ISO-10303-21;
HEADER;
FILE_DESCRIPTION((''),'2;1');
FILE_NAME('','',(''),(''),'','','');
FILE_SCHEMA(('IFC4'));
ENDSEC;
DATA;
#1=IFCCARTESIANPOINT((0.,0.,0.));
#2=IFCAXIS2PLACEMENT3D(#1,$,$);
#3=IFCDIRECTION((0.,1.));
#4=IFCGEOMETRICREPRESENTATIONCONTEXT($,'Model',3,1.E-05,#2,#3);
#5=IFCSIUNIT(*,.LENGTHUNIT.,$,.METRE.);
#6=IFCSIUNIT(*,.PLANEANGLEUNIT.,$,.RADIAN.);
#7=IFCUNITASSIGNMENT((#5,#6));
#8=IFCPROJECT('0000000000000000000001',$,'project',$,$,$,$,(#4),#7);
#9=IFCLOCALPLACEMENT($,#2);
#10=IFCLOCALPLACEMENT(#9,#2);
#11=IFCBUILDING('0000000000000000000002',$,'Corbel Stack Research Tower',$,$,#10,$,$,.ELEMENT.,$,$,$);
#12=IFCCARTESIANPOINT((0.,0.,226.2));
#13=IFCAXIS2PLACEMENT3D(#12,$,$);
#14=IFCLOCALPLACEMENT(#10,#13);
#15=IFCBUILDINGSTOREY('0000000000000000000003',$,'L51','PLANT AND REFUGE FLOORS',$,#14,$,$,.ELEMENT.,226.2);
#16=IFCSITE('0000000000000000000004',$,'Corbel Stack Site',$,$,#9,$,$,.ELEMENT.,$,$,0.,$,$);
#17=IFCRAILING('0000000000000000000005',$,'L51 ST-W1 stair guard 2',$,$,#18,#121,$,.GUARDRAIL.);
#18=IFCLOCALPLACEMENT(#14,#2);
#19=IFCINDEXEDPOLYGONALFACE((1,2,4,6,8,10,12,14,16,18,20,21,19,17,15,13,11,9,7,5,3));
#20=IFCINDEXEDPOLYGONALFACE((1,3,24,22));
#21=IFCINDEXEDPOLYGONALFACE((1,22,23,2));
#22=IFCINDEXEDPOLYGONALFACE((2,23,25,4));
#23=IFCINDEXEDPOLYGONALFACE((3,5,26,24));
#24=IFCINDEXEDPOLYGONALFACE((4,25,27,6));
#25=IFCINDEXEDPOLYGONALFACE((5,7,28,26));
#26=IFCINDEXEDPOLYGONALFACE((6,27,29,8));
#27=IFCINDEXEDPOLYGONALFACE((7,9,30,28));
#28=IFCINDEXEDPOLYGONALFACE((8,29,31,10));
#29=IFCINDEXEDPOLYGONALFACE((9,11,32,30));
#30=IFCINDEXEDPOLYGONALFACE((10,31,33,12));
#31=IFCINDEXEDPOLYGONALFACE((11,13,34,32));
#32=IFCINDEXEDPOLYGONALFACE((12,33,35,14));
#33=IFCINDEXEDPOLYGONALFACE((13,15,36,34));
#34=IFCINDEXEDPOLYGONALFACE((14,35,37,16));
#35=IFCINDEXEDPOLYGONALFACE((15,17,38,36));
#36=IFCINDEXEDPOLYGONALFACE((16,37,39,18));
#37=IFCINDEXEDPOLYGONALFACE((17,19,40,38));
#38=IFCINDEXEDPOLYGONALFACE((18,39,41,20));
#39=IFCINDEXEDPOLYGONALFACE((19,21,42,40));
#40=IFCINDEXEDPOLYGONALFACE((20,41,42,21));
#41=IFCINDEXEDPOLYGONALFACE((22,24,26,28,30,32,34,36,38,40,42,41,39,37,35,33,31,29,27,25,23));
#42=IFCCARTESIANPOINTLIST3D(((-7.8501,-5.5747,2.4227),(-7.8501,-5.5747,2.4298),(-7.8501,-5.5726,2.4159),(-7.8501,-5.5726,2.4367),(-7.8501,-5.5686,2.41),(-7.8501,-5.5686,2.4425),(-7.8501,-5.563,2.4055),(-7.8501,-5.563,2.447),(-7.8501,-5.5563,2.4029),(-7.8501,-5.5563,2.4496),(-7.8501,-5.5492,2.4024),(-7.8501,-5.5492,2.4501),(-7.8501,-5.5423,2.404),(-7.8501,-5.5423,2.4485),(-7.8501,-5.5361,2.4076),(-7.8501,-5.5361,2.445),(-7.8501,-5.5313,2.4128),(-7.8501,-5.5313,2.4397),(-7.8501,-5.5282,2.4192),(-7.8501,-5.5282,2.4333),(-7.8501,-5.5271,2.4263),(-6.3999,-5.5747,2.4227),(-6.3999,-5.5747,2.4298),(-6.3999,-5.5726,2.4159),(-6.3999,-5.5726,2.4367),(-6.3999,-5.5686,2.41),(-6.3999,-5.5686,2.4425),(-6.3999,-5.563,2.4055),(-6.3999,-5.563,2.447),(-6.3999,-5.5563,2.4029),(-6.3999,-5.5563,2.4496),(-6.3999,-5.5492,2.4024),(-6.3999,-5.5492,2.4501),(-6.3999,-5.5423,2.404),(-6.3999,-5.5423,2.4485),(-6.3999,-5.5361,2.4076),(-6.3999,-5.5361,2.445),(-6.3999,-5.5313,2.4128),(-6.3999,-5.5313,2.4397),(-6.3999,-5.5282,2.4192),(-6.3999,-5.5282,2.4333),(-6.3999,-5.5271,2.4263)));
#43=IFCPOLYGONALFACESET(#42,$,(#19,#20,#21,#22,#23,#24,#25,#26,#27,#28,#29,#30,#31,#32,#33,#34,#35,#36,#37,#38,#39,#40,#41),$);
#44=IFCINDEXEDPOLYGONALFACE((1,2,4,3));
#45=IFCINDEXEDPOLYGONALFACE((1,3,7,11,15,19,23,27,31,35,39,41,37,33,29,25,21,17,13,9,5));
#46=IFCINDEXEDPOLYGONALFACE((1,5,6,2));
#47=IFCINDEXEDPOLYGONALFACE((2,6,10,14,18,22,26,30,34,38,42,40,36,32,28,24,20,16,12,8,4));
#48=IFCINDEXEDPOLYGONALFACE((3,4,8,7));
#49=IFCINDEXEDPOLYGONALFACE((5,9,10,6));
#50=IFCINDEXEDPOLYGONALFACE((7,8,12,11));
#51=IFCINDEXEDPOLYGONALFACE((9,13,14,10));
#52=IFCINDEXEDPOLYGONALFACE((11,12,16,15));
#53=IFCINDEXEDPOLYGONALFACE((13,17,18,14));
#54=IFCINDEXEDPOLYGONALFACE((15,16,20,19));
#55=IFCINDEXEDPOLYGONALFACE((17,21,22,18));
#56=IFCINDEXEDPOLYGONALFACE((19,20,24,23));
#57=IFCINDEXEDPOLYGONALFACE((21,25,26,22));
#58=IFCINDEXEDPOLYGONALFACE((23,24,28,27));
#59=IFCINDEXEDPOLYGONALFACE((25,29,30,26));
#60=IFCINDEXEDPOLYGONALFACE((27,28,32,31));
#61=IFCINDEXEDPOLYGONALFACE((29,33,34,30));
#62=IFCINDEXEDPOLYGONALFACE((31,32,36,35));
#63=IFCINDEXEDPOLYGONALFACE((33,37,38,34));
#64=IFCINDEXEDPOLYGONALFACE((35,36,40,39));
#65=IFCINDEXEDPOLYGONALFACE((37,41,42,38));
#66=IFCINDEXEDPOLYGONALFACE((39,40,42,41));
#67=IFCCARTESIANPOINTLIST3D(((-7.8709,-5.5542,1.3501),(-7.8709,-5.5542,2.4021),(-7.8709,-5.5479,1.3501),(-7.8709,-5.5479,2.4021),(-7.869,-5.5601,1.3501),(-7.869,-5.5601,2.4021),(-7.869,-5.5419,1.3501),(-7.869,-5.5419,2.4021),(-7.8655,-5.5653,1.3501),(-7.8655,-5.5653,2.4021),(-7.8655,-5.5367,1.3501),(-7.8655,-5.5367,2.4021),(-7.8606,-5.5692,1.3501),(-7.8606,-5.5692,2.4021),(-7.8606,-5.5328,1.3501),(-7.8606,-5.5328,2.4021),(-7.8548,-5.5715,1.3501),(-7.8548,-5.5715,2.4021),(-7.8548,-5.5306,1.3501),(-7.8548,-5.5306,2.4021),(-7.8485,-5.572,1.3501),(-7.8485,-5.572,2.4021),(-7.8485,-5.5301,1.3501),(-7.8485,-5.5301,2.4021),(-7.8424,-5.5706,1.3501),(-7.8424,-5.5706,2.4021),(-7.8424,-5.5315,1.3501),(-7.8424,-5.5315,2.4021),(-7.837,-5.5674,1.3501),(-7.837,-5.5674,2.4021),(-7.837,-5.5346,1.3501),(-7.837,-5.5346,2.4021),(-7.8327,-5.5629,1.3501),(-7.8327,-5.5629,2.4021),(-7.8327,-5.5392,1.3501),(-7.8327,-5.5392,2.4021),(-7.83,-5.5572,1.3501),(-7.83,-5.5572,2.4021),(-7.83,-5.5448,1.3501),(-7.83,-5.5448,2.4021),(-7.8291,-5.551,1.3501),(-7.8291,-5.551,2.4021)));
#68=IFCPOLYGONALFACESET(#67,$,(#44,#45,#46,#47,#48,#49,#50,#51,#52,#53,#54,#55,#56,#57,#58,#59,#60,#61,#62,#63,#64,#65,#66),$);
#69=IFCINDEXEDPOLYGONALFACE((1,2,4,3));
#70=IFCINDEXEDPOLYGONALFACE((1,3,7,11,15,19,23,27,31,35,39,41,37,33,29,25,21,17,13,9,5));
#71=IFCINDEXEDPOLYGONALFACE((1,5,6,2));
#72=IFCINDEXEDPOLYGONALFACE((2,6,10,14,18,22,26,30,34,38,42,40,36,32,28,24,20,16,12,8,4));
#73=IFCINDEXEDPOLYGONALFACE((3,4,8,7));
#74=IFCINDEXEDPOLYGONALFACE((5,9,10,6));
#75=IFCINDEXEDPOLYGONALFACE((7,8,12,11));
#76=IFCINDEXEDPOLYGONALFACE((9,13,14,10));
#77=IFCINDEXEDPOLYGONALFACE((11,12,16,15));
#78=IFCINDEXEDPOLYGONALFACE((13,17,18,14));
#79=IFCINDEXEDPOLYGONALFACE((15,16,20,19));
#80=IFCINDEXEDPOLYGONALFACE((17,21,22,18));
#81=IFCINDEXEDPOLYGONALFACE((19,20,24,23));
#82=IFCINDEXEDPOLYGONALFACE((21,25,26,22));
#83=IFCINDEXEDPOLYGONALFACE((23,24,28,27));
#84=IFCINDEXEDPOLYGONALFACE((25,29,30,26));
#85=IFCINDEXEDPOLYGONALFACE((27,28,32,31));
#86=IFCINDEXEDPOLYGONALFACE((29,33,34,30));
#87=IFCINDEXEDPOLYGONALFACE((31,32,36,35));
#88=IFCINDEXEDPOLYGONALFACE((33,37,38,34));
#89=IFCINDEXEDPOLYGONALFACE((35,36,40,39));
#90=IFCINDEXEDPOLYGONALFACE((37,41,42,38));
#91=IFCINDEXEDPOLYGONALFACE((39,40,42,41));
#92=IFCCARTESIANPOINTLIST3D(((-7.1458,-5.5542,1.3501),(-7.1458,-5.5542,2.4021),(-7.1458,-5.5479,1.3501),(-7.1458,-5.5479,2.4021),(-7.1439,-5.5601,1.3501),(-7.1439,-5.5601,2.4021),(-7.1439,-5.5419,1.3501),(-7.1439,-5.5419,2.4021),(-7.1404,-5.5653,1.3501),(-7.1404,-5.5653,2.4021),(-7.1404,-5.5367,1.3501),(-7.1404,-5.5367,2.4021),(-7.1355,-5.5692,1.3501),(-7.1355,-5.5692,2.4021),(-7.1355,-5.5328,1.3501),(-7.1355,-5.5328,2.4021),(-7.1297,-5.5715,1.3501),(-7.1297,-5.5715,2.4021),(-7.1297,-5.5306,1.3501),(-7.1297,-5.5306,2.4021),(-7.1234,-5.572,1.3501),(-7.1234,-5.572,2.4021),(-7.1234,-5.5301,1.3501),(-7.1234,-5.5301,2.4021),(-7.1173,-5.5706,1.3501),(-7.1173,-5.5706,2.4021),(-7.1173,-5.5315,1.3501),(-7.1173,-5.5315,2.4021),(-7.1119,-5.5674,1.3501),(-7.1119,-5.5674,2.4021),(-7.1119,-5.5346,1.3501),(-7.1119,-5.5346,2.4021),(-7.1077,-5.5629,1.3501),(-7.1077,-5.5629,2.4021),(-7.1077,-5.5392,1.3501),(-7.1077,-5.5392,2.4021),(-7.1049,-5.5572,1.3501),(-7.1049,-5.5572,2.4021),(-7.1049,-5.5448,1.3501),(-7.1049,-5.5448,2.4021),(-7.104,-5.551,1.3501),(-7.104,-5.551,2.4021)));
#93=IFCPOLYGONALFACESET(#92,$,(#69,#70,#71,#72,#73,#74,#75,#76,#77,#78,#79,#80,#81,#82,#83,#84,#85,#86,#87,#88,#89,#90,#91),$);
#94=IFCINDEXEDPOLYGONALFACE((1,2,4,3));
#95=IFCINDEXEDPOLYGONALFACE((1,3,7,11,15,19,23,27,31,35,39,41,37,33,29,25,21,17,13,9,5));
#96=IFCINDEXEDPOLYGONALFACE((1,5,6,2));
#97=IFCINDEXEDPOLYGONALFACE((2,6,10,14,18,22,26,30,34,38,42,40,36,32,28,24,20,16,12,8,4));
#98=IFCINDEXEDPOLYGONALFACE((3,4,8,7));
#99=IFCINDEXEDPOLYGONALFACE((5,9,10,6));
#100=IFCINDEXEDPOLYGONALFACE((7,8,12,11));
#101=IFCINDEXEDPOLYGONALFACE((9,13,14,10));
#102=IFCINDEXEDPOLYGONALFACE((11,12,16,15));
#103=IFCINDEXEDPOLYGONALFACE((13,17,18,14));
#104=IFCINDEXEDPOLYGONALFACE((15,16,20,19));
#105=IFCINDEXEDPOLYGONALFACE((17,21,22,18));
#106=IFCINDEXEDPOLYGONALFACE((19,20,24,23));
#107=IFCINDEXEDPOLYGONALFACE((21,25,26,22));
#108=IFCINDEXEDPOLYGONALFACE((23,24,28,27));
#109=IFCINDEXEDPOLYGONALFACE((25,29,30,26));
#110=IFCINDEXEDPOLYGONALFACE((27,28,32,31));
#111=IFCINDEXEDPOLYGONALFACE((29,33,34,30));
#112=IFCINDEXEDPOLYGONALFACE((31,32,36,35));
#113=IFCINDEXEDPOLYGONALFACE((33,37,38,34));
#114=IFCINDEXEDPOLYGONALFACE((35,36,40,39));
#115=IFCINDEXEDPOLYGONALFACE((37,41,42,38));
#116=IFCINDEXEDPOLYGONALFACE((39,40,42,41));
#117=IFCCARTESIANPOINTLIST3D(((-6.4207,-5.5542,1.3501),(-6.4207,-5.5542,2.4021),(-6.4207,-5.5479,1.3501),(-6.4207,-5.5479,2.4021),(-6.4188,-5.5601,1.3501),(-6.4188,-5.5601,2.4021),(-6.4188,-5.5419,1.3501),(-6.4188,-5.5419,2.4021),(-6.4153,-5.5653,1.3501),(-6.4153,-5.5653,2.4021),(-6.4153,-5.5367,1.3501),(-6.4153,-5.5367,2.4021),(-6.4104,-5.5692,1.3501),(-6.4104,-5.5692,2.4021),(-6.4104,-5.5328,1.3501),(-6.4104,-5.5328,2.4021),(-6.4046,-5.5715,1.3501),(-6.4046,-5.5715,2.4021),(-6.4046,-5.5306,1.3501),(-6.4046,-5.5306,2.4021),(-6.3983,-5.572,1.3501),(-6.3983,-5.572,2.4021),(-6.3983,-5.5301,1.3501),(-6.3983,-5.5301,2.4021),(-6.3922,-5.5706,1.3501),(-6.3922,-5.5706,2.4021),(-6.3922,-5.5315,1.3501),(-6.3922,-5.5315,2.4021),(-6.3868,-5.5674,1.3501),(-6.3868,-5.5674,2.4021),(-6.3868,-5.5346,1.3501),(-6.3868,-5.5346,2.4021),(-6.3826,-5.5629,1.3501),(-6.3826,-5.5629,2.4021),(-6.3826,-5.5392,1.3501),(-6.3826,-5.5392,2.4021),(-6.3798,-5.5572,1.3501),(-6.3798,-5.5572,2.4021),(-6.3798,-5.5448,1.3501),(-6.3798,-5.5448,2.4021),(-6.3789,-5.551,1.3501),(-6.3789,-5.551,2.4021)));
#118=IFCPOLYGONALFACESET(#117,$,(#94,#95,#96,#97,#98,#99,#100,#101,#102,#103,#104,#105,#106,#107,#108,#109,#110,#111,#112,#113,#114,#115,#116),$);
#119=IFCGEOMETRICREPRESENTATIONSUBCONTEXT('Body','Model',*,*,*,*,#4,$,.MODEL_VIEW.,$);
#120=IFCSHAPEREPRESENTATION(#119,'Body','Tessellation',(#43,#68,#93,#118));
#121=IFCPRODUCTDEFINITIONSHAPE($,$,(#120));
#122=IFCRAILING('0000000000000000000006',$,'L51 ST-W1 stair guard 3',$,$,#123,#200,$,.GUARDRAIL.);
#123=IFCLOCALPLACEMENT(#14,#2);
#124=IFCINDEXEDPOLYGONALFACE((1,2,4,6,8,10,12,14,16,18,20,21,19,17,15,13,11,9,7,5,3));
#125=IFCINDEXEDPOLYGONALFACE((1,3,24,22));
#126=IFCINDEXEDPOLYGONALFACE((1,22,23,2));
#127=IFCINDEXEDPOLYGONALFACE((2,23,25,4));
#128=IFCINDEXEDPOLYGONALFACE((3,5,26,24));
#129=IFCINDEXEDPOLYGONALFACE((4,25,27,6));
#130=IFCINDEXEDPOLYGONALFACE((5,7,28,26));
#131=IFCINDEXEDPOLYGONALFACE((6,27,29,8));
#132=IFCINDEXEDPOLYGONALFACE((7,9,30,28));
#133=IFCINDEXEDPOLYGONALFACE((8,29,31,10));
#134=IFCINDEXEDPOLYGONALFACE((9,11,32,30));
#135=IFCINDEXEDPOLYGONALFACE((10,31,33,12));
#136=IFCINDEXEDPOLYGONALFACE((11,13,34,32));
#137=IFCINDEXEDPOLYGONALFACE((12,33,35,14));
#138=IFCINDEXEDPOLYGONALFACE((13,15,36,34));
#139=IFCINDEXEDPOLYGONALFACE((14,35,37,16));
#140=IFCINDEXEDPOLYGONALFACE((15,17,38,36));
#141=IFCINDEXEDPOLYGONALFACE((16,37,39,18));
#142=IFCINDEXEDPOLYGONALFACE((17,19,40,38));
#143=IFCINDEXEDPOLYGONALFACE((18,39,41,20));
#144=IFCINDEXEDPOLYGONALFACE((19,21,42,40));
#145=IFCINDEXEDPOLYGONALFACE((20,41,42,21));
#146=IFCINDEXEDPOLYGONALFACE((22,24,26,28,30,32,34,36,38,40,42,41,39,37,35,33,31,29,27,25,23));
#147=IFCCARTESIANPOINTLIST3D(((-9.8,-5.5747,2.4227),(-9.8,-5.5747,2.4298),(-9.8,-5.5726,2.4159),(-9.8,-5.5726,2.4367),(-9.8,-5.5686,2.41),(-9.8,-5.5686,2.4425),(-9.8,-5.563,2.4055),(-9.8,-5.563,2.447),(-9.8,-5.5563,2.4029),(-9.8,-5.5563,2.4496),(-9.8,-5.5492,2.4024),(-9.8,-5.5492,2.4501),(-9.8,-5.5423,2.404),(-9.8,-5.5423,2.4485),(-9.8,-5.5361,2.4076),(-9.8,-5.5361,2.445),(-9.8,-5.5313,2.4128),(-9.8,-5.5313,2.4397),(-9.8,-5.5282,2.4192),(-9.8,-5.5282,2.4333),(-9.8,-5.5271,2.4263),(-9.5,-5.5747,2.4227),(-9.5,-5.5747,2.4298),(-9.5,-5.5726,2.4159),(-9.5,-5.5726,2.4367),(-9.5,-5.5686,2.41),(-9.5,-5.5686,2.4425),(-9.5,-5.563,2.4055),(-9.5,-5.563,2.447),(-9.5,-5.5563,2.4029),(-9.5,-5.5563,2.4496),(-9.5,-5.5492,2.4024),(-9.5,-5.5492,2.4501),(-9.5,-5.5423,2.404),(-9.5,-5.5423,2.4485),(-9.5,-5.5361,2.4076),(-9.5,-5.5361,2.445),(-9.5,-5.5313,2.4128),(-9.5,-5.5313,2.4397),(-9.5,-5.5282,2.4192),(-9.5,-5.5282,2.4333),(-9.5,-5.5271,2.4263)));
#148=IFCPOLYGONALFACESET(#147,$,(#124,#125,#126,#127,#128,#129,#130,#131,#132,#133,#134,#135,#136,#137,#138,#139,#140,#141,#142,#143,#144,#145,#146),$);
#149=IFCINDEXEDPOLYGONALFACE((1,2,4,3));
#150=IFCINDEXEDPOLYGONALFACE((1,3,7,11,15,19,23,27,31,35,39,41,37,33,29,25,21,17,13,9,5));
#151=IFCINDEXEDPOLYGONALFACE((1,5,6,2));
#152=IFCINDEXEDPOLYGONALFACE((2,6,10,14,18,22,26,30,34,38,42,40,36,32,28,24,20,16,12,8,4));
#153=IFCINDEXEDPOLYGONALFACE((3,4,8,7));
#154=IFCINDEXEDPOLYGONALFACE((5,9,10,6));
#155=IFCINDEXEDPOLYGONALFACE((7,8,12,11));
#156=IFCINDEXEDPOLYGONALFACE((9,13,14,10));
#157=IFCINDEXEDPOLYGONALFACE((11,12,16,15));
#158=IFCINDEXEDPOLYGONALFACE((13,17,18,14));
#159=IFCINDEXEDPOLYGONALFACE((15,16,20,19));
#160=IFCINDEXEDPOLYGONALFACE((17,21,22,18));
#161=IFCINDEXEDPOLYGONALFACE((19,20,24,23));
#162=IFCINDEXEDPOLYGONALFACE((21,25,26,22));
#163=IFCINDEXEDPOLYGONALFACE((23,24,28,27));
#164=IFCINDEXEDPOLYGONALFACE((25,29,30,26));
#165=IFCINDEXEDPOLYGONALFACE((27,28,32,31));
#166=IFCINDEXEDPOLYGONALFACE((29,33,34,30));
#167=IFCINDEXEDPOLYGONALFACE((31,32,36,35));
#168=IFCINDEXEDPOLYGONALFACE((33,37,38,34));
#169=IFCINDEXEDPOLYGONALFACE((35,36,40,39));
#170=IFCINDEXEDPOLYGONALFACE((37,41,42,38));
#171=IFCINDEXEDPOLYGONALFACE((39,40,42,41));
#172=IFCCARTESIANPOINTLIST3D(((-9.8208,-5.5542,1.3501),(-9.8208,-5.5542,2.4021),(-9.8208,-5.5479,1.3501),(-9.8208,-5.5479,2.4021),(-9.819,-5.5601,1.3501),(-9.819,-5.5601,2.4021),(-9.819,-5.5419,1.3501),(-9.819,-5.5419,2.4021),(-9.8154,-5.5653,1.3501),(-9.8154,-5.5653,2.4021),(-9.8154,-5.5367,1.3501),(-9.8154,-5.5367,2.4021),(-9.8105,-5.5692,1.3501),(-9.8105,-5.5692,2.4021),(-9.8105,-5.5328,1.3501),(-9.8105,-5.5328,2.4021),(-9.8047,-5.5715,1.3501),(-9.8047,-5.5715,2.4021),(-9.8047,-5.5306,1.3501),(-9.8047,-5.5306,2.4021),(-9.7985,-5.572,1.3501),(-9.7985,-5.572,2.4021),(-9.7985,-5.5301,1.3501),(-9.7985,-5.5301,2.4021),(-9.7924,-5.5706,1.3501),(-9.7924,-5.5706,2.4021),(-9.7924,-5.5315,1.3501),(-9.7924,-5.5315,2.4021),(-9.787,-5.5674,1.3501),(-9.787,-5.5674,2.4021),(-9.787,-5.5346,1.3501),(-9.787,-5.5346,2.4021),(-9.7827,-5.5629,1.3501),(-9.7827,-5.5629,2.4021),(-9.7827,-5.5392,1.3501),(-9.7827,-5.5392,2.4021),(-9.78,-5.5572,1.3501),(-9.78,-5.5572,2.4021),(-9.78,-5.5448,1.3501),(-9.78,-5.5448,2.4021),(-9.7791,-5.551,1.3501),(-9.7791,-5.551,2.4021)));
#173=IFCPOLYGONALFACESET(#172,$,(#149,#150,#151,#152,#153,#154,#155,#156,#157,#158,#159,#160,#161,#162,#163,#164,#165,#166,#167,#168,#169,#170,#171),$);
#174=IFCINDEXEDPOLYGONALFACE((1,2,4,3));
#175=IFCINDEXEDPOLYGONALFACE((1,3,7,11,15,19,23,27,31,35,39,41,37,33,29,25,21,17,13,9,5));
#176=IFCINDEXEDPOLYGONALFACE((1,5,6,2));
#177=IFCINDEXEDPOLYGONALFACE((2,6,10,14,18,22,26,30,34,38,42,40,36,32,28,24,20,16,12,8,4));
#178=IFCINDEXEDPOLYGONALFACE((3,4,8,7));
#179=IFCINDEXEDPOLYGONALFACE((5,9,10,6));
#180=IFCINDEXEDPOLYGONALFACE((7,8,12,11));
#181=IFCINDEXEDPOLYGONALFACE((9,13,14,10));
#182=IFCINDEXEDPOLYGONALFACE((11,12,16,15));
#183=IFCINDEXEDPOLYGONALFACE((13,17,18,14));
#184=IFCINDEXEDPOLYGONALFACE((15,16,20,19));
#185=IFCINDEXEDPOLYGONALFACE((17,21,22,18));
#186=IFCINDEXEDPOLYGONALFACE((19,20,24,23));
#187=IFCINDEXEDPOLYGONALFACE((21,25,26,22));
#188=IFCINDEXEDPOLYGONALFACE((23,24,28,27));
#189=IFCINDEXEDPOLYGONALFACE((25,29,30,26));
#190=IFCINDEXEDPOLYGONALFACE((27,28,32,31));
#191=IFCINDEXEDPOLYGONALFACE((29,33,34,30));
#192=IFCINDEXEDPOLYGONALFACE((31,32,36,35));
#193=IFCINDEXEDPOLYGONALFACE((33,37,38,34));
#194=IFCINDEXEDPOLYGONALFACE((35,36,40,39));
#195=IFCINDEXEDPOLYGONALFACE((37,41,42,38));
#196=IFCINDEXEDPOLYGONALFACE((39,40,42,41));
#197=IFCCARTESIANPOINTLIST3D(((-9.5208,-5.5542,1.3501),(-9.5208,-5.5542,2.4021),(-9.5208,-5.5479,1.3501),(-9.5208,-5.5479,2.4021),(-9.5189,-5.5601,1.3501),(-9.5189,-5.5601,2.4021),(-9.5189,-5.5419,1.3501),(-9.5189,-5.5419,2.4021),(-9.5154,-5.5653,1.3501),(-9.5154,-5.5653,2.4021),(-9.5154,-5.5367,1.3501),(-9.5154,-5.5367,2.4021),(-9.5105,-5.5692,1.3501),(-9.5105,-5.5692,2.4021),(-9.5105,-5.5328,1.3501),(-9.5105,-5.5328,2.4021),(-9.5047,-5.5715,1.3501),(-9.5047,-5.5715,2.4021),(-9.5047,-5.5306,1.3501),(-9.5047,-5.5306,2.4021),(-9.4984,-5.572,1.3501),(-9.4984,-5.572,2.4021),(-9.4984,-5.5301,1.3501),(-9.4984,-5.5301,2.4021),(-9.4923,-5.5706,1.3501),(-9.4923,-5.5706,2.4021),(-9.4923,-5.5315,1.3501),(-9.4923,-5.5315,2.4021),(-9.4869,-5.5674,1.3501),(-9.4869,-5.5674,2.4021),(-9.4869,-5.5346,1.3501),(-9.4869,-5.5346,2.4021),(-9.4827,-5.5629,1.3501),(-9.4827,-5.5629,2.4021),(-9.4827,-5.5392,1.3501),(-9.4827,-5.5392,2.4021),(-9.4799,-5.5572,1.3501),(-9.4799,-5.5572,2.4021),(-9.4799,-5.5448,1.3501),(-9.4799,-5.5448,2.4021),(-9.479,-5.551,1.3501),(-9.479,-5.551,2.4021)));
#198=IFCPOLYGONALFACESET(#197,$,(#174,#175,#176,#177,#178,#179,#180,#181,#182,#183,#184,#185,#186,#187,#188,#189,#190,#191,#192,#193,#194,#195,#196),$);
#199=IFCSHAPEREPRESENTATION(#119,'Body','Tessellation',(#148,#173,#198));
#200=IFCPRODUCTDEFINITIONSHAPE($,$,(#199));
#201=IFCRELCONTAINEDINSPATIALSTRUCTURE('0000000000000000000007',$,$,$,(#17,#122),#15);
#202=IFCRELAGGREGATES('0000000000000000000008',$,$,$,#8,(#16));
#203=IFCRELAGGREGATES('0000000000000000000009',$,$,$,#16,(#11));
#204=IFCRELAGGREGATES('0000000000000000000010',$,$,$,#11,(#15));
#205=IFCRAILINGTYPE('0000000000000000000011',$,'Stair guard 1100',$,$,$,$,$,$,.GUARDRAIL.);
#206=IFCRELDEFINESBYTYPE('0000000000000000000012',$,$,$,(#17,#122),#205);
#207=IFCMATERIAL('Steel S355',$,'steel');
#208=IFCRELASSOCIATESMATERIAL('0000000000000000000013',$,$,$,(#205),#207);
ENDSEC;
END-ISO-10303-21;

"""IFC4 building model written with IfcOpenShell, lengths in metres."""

from ifc_helpers import new_model, si_unit, direction, frame, origin, origin_2d, place, context, subcontext, project, spatial, circle, extrude, material, type_object, element, save


model = new_model("IFC4")

# Units and contexts
model_context = context("Model", 3, precision=1e-05, world=origin(), true_north=direction((0.0, 1.0)))
body_context = subcontext(model_context, "Body", "Model", "MODEL_VIEW")
ifc_project = project(units=[si_unit("LENGTHUNIT", "METRE"), si_unit("PLANEANGLEUNIT", "RADIAN")], contexts=[model_context])

# Site, building, storey
site_placement = place(None, origin())
site = spatial("IfcSite", under=ifc_project, at=site_placement, Name="Corbel Stack Site", CompositionType="ELEMENT", RefElevation=0.0)
building_placement = place(site_placement, origin())
building = spatial("IfcBuilding", under=site, at=building_placement, Name="Corbel Stack Research Tower", CompositionType="ELEMENT")
storey_placement = place(building_placement, frame((0.0, 0.0, 226.2)))
storey = spatial("IfcBuildingStorey", under=building, at=storey_placement, Name="L51", Description="PLANT AND REFUGE FLOORS", CompositionType="ELEMENT", Elevation=226.2)

# Railings
ifc_material_1 = material(Name="Steel S355", Category="steel")
railing_type_1 = type_object("IfcRailingType", Name="Stair guard 1100", PredefinedType="GUARDRAIL", material=ifc_material_1)
railing_1_placement = place(storey_placement, frame((-7.8501, -5.551, 1.3501)))
element("IfcRailing", 1, at=railing_1_placement, inside=storey, type_object=railing_type_1, Name="L51 ST-W1 stair guard 2", PredefinedType="GUARDRAIL", context=body_context, shape_type="SweptSolid", body=[
    extrude(circle(Radius=0.0239, at=origin_2d()), frame((0.0, 0.0, 1.0762), z_axis=(1.0, 0.0, 0.0), x_axis=(0.0, 1.0, 0.0)), (0.0, 0.0, 1.0), 1.4502),
    extrude(circle(Radius=0.021, at=origin_2d()), origin(), (0.0, 0.0, 1.0), 1.052),
    extrude(circle(Radius=0.021, at=origin_2d()), frame((0.7251, 0.0, 0.0)), (0.0, 0.0, 1.0), 1.052),
    extrude(circle(Radius=0.021, at=origin_2d()), frame((1.4502, 0.0, 0.0)), (0.0, 0.0, 1.0), 1.052),
])
railing_2_placement = place(storey_placement, frame((-9.8, -5.551, 1.3501)))
element("IfcRailing", 2, at=railing_2_placement, inside=storey, type_object=railing_type_1, Name="L51 ST-W1 stair guard 3", PredefinedType="GUARDRAIL", context=body_context, shape_type="SweptSolid", body=[
    extrude(circle(Radius=0.0239, at=origin_2d()), frame((0.0, 0.0, 1.0762), z_axis=(1.0, 0.0, 0.0), x_axis=(0.0, 1.0, 0.0)), (0.0, 0.0, 1.0), 0.3),
    extrude(circle(Radius=0.021, at=origin_2d()), origin(), (0.0, 0.0, 1.0), 1.052),
    extrude(circle(Radius=0.021, at=origin_2d()), frame((0.3, 0.0, 0.0)), (0.0, 0.0, 1.0), 1.052),
])

save(model, "model.ifc")
